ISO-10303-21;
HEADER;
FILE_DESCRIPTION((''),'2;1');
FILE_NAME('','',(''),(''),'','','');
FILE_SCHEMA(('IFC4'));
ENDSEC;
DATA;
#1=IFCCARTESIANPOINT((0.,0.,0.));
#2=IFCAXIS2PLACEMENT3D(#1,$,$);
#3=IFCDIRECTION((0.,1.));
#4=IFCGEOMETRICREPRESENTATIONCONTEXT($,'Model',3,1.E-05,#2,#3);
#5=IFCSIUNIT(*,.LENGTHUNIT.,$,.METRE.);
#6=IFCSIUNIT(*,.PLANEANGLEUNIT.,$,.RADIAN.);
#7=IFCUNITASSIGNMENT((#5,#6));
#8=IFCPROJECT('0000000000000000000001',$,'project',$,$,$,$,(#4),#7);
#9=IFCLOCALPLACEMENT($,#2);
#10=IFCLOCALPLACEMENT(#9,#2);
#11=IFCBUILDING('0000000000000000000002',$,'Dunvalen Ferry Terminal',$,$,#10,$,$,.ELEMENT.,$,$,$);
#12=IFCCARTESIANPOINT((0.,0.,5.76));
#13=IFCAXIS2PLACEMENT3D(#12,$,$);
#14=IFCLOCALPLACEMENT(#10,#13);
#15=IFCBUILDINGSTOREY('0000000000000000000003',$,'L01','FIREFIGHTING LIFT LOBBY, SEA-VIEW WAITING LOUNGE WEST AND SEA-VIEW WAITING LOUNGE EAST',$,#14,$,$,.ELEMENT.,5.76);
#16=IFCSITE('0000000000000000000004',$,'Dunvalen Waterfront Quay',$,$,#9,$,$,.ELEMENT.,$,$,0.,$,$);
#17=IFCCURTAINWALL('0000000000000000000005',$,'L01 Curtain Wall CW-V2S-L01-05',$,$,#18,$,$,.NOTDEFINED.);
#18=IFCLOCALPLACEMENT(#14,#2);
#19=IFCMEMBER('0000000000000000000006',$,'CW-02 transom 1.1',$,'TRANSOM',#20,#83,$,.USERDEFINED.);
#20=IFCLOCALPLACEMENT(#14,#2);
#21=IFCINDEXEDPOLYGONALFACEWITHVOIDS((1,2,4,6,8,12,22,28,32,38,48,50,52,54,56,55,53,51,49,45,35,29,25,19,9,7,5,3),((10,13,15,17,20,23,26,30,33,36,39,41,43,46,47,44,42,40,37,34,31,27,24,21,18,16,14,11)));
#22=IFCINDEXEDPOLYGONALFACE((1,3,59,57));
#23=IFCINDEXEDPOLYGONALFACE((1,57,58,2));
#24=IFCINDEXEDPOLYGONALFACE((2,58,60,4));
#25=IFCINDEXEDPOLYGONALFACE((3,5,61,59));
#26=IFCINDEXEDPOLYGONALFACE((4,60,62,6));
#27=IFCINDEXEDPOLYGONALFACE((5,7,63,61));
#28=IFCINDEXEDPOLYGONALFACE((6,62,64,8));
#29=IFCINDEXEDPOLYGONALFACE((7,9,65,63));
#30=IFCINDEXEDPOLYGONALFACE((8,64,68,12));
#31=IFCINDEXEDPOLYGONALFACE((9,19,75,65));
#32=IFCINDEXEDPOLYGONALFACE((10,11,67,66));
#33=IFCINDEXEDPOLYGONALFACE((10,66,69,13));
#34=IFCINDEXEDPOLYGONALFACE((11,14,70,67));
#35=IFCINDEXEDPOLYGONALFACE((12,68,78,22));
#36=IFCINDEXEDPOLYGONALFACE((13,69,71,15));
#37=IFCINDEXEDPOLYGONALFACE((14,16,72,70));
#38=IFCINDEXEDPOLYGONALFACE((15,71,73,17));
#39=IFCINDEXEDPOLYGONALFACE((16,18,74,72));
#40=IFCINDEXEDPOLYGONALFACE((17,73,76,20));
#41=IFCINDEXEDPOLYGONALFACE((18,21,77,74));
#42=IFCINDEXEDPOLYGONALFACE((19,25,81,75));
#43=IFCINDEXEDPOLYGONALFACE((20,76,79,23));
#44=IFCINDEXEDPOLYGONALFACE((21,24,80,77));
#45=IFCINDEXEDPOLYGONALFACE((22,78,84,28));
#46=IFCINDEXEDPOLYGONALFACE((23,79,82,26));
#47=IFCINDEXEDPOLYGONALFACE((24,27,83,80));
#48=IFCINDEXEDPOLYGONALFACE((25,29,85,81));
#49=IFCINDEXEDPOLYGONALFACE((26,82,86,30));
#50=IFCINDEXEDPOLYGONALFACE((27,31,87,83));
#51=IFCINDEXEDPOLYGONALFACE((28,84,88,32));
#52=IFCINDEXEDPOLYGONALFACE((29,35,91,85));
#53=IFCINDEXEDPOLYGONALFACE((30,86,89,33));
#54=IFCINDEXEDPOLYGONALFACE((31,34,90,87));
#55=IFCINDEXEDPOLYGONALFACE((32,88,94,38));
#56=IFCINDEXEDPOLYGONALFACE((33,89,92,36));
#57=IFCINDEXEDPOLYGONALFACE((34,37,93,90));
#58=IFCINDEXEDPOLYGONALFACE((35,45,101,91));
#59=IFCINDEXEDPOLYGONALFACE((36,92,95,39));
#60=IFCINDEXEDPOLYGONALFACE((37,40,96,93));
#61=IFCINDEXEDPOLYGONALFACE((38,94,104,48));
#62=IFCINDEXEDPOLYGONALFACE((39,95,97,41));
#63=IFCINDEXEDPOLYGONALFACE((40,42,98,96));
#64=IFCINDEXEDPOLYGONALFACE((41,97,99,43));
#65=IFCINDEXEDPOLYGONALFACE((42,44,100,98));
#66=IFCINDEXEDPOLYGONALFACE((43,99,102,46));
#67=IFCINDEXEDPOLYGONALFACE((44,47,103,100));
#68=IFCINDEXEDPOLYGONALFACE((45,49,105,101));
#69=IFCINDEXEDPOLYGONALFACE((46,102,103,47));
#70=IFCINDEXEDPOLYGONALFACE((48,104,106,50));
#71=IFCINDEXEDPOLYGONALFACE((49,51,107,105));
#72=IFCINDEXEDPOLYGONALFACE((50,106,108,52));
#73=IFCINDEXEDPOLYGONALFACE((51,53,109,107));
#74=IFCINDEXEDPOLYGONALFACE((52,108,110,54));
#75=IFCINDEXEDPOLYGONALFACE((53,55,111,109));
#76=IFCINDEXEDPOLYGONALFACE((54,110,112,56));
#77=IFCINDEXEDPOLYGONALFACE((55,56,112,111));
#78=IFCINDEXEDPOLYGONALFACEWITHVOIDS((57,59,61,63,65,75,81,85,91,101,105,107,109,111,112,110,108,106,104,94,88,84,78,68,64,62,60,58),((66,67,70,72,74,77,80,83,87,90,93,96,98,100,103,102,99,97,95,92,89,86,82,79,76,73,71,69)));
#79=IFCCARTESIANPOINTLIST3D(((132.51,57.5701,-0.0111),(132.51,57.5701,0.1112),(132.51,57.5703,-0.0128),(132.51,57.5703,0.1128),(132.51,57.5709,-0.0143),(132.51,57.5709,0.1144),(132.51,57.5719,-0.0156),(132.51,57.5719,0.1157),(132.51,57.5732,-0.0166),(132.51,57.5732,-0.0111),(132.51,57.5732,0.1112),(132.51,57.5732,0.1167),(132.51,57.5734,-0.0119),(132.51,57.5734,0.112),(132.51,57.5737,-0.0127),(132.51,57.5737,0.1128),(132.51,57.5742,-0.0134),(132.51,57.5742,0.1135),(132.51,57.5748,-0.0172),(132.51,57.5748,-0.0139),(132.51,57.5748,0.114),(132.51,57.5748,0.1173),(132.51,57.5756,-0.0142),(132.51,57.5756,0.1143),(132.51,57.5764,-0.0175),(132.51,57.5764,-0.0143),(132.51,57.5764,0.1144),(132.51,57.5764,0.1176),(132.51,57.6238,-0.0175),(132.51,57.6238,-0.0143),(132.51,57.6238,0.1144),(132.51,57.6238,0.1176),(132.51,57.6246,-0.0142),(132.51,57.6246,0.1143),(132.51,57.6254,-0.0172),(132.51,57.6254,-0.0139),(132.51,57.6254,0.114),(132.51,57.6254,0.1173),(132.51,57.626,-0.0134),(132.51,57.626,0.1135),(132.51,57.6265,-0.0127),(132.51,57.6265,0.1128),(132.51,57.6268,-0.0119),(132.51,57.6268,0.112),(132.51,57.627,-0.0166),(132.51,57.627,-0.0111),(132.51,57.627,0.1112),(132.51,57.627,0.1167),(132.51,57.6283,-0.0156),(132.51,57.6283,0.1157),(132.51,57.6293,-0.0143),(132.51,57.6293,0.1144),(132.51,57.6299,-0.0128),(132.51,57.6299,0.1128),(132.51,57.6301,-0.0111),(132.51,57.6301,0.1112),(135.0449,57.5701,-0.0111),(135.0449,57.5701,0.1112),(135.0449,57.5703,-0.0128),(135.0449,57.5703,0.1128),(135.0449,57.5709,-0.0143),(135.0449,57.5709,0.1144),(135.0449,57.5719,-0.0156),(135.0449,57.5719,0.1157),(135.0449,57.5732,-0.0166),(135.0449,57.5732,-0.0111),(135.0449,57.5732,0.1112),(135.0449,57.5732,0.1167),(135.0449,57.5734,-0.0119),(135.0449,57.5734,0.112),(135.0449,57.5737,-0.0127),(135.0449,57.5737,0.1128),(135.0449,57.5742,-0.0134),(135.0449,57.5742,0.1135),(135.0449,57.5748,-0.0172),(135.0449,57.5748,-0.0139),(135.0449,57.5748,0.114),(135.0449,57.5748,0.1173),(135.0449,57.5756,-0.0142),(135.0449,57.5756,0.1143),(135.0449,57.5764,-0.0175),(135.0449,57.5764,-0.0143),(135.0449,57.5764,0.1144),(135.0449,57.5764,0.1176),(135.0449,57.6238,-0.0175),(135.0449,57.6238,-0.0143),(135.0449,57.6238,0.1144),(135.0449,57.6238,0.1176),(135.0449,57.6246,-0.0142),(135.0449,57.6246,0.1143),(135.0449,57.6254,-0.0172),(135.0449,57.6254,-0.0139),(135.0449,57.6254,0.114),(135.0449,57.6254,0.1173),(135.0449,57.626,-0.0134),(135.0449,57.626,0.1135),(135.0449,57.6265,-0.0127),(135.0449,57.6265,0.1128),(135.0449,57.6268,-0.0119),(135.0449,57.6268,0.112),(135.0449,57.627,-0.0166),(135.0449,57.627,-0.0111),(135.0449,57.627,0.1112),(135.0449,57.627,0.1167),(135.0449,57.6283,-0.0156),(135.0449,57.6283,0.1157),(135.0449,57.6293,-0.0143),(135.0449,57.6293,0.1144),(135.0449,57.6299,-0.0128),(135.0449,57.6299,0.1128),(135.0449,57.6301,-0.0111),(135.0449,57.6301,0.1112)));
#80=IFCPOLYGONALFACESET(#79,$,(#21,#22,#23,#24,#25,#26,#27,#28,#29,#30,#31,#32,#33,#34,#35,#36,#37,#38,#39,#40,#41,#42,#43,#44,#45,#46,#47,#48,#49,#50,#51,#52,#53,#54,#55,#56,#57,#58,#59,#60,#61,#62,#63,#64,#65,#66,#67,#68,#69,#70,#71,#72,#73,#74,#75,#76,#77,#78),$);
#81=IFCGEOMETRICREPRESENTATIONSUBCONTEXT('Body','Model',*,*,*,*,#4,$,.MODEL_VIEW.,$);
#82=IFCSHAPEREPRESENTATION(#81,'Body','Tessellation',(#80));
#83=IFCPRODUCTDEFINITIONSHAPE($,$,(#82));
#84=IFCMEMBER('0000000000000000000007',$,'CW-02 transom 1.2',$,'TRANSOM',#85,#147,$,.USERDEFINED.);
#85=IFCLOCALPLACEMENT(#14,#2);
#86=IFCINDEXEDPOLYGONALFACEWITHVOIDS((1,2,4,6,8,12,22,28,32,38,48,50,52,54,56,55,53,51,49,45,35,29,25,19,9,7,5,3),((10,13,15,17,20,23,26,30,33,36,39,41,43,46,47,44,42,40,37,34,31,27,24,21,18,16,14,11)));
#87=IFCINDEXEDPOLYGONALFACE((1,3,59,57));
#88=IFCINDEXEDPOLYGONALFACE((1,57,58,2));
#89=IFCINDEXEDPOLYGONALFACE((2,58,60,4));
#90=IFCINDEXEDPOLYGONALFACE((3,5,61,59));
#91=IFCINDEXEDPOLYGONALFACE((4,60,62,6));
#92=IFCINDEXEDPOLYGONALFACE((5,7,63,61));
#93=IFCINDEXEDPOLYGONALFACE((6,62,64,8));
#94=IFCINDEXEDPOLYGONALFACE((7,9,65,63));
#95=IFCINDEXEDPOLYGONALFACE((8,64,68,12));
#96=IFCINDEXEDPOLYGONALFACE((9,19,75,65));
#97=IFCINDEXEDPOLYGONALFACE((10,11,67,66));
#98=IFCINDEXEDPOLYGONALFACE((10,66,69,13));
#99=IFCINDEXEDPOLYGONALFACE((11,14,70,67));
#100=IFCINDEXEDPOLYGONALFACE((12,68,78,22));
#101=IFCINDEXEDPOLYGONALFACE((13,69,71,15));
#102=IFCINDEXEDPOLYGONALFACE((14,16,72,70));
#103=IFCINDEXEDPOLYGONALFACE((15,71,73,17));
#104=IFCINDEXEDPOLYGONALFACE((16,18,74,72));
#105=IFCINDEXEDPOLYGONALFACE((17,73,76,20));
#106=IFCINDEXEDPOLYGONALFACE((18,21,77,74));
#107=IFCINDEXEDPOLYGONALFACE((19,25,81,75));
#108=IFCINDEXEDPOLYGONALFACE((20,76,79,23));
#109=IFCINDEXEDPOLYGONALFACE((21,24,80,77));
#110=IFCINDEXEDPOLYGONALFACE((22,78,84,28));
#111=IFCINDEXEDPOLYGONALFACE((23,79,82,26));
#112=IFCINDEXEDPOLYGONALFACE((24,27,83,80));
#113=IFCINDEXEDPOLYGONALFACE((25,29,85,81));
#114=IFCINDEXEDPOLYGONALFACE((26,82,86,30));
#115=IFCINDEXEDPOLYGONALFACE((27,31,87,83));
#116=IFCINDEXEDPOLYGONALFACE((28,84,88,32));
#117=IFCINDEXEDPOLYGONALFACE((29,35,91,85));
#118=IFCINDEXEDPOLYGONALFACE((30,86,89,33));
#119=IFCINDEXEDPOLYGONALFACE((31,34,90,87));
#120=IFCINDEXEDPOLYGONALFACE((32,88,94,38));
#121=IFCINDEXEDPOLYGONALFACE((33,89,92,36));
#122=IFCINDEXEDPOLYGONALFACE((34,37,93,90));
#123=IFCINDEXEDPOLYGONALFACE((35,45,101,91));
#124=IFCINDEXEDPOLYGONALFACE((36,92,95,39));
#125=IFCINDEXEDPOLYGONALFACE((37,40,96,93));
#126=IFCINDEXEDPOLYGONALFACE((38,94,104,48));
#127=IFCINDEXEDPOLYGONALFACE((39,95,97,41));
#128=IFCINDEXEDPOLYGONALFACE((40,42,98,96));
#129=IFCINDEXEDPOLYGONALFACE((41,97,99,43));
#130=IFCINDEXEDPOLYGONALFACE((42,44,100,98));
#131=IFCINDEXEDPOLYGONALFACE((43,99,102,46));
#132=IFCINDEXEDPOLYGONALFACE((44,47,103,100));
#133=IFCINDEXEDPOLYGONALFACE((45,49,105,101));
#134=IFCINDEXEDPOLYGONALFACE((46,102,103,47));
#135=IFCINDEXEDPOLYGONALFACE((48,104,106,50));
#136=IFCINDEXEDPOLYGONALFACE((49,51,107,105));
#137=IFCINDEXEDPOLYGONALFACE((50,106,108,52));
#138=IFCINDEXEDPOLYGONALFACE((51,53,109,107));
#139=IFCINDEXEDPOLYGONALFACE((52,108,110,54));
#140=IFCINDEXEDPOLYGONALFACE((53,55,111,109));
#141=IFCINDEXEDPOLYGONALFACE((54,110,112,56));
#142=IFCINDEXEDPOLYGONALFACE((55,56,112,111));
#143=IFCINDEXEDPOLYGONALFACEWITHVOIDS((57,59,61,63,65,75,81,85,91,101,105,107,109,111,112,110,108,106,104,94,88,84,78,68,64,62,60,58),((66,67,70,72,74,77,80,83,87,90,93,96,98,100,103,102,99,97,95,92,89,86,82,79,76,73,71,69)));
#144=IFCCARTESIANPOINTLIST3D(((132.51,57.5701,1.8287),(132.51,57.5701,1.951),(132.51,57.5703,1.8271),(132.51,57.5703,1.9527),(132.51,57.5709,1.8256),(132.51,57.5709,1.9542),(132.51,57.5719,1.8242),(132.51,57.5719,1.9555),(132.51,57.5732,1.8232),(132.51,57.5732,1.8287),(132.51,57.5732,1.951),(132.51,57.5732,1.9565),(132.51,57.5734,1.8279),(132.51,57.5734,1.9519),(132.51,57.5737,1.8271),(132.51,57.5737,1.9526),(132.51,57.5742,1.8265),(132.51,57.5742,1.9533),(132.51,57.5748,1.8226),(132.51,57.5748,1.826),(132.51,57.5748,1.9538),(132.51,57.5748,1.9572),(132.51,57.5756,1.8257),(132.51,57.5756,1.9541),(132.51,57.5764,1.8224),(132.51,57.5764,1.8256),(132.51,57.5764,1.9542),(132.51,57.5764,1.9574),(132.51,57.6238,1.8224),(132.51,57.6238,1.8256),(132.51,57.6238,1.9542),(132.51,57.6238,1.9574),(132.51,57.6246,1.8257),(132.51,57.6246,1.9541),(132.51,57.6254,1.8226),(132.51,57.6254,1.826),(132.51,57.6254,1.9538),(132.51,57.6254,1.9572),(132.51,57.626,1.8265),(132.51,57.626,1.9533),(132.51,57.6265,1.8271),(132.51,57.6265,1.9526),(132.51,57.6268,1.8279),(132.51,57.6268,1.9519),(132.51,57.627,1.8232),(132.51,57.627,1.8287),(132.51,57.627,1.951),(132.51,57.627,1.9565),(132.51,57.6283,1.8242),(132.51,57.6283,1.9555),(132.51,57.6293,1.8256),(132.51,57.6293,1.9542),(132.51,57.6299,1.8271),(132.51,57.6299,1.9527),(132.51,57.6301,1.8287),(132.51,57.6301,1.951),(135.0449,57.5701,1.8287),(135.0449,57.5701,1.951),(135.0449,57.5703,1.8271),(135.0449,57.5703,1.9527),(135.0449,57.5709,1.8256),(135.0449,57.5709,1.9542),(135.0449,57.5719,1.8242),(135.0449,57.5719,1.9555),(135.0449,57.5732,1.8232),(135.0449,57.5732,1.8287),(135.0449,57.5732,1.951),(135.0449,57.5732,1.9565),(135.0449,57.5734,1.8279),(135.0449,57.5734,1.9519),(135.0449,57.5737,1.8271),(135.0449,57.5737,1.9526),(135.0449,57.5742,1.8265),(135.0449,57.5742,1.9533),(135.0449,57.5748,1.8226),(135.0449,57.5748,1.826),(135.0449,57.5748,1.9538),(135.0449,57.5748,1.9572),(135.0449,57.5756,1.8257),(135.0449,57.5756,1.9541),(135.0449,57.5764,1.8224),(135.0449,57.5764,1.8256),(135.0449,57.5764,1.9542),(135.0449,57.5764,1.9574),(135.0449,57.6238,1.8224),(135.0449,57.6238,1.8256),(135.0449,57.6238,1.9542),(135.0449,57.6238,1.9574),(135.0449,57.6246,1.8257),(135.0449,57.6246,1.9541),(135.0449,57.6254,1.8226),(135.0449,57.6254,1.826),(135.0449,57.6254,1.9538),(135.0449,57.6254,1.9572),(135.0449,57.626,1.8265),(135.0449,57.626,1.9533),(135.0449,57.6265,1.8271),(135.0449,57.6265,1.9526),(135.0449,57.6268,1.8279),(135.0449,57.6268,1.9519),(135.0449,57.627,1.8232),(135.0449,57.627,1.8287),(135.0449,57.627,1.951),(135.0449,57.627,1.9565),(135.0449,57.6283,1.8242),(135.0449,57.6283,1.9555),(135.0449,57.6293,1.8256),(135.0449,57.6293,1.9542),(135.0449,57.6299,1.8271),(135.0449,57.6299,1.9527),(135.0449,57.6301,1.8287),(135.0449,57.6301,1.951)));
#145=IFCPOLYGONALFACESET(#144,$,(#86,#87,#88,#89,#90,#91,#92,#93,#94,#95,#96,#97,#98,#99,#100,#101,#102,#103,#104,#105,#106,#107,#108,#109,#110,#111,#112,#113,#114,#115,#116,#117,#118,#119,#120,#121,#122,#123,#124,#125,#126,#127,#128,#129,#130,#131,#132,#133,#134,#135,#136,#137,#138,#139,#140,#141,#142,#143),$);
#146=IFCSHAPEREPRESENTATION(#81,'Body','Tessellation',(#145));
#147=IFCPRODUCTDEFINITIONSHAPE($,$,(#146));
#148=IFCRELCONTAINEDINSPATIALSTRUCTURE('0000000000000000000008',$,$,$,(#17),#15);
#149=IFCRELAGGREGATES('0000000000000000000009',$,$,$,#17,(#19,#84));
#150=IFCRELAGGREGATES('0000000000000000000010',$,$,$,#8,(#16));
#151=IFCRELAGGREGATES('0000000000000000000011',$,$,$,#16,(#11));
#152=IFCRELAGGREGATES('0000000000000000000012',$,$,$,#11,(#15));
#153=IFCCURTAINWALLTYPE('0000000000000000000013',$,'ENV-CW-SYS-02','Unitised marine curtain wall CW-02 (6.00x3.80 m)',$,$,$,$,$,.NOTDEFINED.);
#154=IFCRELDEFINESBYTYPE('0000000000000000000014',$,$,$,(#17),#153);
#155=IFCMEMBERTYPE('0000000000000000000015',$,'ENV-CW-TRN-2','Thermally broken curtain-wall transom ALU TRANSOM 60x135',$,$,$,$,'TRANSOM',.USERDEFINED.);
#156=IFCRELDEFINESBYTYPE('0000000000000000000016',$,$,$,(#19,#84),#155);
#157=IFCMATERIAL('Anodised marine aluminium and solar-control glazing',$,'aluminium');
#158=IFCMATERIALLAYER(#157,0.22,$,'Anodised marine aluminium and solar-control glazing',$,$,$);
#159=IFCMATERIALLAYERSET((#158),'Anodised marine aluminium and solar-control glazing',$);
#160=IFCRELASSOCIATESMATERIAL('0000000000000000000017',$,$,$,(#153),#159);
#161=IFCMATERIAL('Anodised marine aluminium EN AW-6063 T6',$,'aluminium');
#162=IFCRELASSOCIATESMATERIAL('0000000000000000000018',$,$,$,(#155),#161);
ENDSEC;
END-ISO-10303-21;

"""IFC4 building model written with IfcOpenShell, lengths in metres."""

from ifc_helpers import new_model, si_unit, direction, frame, origin, origin_2d, place, context, subcontext, project, spatial, hollow_rectangle, extrude, material, layer, layer_set, material_profile, profile_set, type_object, element, aggregate, save


model = new_model("IFC4")

# Units and contexts
model_context = context("Model", 3, precision=1e-05, world=origin(), true_north=direction((0.0, 1.0)))
body_context = subcontext(model_context, "Body", "Model", "MODEL_VIEW")
ifc_project = project(units=[si_unit("LENGTHUNIT", "METRE"), si_unit("PLANEANGLEUNIT", "RADIAN")], contexts=[model_context])

# Site, building, storey
site_placement = place(None, origin())
site = spatial("IfcSite", under=ifc_project, at=site_placement, Name="Dunvalen Waterfront Quay", CompositionType="ELEMENT", RefElevation=0.0)
building_placement = place(site_placement, origin())
building = spatial("IfcBuilding", under=site, at=building_placement, Name="Dunvalen Ferry Terminal", CompositionType="ELEMENT")
storey_placement = place(building_placement, frame((0.0, 0.0, 5.76)))
storey = spatial("IfcBuildingStorey", under=building, at=storey_placement, Name="L01", Description="FIREFIGHTING LIFT LOBBY, SEA-VIEW WAITING LOUNGE WEST AND SEA-VIEW WAITING LOUNGE EAST", CompositionType="ELEMENT", Elevation=5.76)

# Curtain wall, members
ifc_material_1 = material(Name="Anodised marine aluminium and solar-control glazing", Category="aluminium")
ifc_layer_1 = layer(ifc_material_1, 0.22, Name="Anodised marine aluminium and solar-control glazing")
ifc_layer_set_1 = layer_set([ifc_layer_1], Name="Anodised marine aluminium and solar-control glazing")
curtain_wall_type = type_object("IfcCurtainWallType", Name="ENV-CW-SYS-02", Description="Unitised marine curtain wall CW-02 (6.00x3.80 m)", PredefinedType="NOTDEFINED", material=ifc_layer_set_1)
curtain_wall_placement = place(storey_placement, origin())
curtain_wall = element("IfcCurtainWall", 1, at=curtain_wall_placement, inside=storey, type_object=curtain_wall_type, Name="L01 Curtain Wall CW-V2S-L01-05", PredefinedType="NOTDEFINED")
ifc_material_2 = material(Name="Anodised marine aluminium EN AW-6063 T6", Category="aluminium")
ifc_material_profile_1 = material_profile(ifc_material_2, hollow_rectangle(XDim=0.0601, YDim=0.135, WallThickness=0.0032, InnerFilletRadius=0.0032, OuterFilletRadius=0.0063, at=origin_2d()), Name="Anodised marine aluminium EN AW-6063 T6")
ifc_profile_set_1 = profile_set([ifc_material_profile_1], Name="Anodised marine aluminium EN AW-6063 T6")
member_type_1 = type_object("IfcMemberType", Name="ENV-CW-TRN-2", Description="Thermally broken curtain-wall transom ALU TRANSOM 60x135", ElementType="TRANSOM", PredefinedType="USERDEFINED", material=ifc_profile_set_1)
member_1_placement = place(storey_placement, frame((132.51, 57.6001, 0.05), z_axis=(1.0, 0.0, 0.0), x_axis=(0.0, 1.0, 0.0)))
member_1 = element("IfcMember", 2, at=member_1_placement, type_object=member_type_1, Name="CW-02 transom 1.1", ObjectType="TRANSOM", PredefinedType="USERDEFINED", context=body_context, shape_type="SweptSolid", body=[
    extrude(hollow_rectangle(XDim=0.0601, YDim=0.135, WallThickness=0.0032, InnerFilletRadius=0.0032, OuterFilletRadius=0.0063, at=origin_2d()), origin(), (0.0, 0.0, 1.0), 2.5349),
])
member_2_placement = place(storey_placement, frame((132.51, 57.6001, 1.8899), z_axis=(1.0, 0.0, 0.0), x_axis=(0.0, 1.0, 0.0)))
member_2 = element("IfcMember", 3, at=member_2_placement, type_object=member_type_1, Name="CW-02 transom 1.2", ObjectType="TRANSOM", PredefinedType="USERDEFINED", context=body_context, shape_type="SweptSolid", body=[
    extrude(hollow_rectangle(XDim=0.0601, YDim=0.135, WallThickness=0.0032, InnerFilletRadius=0.0032, OuterFilletRadius=0.0063, at=origin_2d()), origin(), (0.0, 0.0, 1.0), 2.5349),
])

aggregate(curtain_wall, [member_1, member_2])

save(model, "model.ifc")
